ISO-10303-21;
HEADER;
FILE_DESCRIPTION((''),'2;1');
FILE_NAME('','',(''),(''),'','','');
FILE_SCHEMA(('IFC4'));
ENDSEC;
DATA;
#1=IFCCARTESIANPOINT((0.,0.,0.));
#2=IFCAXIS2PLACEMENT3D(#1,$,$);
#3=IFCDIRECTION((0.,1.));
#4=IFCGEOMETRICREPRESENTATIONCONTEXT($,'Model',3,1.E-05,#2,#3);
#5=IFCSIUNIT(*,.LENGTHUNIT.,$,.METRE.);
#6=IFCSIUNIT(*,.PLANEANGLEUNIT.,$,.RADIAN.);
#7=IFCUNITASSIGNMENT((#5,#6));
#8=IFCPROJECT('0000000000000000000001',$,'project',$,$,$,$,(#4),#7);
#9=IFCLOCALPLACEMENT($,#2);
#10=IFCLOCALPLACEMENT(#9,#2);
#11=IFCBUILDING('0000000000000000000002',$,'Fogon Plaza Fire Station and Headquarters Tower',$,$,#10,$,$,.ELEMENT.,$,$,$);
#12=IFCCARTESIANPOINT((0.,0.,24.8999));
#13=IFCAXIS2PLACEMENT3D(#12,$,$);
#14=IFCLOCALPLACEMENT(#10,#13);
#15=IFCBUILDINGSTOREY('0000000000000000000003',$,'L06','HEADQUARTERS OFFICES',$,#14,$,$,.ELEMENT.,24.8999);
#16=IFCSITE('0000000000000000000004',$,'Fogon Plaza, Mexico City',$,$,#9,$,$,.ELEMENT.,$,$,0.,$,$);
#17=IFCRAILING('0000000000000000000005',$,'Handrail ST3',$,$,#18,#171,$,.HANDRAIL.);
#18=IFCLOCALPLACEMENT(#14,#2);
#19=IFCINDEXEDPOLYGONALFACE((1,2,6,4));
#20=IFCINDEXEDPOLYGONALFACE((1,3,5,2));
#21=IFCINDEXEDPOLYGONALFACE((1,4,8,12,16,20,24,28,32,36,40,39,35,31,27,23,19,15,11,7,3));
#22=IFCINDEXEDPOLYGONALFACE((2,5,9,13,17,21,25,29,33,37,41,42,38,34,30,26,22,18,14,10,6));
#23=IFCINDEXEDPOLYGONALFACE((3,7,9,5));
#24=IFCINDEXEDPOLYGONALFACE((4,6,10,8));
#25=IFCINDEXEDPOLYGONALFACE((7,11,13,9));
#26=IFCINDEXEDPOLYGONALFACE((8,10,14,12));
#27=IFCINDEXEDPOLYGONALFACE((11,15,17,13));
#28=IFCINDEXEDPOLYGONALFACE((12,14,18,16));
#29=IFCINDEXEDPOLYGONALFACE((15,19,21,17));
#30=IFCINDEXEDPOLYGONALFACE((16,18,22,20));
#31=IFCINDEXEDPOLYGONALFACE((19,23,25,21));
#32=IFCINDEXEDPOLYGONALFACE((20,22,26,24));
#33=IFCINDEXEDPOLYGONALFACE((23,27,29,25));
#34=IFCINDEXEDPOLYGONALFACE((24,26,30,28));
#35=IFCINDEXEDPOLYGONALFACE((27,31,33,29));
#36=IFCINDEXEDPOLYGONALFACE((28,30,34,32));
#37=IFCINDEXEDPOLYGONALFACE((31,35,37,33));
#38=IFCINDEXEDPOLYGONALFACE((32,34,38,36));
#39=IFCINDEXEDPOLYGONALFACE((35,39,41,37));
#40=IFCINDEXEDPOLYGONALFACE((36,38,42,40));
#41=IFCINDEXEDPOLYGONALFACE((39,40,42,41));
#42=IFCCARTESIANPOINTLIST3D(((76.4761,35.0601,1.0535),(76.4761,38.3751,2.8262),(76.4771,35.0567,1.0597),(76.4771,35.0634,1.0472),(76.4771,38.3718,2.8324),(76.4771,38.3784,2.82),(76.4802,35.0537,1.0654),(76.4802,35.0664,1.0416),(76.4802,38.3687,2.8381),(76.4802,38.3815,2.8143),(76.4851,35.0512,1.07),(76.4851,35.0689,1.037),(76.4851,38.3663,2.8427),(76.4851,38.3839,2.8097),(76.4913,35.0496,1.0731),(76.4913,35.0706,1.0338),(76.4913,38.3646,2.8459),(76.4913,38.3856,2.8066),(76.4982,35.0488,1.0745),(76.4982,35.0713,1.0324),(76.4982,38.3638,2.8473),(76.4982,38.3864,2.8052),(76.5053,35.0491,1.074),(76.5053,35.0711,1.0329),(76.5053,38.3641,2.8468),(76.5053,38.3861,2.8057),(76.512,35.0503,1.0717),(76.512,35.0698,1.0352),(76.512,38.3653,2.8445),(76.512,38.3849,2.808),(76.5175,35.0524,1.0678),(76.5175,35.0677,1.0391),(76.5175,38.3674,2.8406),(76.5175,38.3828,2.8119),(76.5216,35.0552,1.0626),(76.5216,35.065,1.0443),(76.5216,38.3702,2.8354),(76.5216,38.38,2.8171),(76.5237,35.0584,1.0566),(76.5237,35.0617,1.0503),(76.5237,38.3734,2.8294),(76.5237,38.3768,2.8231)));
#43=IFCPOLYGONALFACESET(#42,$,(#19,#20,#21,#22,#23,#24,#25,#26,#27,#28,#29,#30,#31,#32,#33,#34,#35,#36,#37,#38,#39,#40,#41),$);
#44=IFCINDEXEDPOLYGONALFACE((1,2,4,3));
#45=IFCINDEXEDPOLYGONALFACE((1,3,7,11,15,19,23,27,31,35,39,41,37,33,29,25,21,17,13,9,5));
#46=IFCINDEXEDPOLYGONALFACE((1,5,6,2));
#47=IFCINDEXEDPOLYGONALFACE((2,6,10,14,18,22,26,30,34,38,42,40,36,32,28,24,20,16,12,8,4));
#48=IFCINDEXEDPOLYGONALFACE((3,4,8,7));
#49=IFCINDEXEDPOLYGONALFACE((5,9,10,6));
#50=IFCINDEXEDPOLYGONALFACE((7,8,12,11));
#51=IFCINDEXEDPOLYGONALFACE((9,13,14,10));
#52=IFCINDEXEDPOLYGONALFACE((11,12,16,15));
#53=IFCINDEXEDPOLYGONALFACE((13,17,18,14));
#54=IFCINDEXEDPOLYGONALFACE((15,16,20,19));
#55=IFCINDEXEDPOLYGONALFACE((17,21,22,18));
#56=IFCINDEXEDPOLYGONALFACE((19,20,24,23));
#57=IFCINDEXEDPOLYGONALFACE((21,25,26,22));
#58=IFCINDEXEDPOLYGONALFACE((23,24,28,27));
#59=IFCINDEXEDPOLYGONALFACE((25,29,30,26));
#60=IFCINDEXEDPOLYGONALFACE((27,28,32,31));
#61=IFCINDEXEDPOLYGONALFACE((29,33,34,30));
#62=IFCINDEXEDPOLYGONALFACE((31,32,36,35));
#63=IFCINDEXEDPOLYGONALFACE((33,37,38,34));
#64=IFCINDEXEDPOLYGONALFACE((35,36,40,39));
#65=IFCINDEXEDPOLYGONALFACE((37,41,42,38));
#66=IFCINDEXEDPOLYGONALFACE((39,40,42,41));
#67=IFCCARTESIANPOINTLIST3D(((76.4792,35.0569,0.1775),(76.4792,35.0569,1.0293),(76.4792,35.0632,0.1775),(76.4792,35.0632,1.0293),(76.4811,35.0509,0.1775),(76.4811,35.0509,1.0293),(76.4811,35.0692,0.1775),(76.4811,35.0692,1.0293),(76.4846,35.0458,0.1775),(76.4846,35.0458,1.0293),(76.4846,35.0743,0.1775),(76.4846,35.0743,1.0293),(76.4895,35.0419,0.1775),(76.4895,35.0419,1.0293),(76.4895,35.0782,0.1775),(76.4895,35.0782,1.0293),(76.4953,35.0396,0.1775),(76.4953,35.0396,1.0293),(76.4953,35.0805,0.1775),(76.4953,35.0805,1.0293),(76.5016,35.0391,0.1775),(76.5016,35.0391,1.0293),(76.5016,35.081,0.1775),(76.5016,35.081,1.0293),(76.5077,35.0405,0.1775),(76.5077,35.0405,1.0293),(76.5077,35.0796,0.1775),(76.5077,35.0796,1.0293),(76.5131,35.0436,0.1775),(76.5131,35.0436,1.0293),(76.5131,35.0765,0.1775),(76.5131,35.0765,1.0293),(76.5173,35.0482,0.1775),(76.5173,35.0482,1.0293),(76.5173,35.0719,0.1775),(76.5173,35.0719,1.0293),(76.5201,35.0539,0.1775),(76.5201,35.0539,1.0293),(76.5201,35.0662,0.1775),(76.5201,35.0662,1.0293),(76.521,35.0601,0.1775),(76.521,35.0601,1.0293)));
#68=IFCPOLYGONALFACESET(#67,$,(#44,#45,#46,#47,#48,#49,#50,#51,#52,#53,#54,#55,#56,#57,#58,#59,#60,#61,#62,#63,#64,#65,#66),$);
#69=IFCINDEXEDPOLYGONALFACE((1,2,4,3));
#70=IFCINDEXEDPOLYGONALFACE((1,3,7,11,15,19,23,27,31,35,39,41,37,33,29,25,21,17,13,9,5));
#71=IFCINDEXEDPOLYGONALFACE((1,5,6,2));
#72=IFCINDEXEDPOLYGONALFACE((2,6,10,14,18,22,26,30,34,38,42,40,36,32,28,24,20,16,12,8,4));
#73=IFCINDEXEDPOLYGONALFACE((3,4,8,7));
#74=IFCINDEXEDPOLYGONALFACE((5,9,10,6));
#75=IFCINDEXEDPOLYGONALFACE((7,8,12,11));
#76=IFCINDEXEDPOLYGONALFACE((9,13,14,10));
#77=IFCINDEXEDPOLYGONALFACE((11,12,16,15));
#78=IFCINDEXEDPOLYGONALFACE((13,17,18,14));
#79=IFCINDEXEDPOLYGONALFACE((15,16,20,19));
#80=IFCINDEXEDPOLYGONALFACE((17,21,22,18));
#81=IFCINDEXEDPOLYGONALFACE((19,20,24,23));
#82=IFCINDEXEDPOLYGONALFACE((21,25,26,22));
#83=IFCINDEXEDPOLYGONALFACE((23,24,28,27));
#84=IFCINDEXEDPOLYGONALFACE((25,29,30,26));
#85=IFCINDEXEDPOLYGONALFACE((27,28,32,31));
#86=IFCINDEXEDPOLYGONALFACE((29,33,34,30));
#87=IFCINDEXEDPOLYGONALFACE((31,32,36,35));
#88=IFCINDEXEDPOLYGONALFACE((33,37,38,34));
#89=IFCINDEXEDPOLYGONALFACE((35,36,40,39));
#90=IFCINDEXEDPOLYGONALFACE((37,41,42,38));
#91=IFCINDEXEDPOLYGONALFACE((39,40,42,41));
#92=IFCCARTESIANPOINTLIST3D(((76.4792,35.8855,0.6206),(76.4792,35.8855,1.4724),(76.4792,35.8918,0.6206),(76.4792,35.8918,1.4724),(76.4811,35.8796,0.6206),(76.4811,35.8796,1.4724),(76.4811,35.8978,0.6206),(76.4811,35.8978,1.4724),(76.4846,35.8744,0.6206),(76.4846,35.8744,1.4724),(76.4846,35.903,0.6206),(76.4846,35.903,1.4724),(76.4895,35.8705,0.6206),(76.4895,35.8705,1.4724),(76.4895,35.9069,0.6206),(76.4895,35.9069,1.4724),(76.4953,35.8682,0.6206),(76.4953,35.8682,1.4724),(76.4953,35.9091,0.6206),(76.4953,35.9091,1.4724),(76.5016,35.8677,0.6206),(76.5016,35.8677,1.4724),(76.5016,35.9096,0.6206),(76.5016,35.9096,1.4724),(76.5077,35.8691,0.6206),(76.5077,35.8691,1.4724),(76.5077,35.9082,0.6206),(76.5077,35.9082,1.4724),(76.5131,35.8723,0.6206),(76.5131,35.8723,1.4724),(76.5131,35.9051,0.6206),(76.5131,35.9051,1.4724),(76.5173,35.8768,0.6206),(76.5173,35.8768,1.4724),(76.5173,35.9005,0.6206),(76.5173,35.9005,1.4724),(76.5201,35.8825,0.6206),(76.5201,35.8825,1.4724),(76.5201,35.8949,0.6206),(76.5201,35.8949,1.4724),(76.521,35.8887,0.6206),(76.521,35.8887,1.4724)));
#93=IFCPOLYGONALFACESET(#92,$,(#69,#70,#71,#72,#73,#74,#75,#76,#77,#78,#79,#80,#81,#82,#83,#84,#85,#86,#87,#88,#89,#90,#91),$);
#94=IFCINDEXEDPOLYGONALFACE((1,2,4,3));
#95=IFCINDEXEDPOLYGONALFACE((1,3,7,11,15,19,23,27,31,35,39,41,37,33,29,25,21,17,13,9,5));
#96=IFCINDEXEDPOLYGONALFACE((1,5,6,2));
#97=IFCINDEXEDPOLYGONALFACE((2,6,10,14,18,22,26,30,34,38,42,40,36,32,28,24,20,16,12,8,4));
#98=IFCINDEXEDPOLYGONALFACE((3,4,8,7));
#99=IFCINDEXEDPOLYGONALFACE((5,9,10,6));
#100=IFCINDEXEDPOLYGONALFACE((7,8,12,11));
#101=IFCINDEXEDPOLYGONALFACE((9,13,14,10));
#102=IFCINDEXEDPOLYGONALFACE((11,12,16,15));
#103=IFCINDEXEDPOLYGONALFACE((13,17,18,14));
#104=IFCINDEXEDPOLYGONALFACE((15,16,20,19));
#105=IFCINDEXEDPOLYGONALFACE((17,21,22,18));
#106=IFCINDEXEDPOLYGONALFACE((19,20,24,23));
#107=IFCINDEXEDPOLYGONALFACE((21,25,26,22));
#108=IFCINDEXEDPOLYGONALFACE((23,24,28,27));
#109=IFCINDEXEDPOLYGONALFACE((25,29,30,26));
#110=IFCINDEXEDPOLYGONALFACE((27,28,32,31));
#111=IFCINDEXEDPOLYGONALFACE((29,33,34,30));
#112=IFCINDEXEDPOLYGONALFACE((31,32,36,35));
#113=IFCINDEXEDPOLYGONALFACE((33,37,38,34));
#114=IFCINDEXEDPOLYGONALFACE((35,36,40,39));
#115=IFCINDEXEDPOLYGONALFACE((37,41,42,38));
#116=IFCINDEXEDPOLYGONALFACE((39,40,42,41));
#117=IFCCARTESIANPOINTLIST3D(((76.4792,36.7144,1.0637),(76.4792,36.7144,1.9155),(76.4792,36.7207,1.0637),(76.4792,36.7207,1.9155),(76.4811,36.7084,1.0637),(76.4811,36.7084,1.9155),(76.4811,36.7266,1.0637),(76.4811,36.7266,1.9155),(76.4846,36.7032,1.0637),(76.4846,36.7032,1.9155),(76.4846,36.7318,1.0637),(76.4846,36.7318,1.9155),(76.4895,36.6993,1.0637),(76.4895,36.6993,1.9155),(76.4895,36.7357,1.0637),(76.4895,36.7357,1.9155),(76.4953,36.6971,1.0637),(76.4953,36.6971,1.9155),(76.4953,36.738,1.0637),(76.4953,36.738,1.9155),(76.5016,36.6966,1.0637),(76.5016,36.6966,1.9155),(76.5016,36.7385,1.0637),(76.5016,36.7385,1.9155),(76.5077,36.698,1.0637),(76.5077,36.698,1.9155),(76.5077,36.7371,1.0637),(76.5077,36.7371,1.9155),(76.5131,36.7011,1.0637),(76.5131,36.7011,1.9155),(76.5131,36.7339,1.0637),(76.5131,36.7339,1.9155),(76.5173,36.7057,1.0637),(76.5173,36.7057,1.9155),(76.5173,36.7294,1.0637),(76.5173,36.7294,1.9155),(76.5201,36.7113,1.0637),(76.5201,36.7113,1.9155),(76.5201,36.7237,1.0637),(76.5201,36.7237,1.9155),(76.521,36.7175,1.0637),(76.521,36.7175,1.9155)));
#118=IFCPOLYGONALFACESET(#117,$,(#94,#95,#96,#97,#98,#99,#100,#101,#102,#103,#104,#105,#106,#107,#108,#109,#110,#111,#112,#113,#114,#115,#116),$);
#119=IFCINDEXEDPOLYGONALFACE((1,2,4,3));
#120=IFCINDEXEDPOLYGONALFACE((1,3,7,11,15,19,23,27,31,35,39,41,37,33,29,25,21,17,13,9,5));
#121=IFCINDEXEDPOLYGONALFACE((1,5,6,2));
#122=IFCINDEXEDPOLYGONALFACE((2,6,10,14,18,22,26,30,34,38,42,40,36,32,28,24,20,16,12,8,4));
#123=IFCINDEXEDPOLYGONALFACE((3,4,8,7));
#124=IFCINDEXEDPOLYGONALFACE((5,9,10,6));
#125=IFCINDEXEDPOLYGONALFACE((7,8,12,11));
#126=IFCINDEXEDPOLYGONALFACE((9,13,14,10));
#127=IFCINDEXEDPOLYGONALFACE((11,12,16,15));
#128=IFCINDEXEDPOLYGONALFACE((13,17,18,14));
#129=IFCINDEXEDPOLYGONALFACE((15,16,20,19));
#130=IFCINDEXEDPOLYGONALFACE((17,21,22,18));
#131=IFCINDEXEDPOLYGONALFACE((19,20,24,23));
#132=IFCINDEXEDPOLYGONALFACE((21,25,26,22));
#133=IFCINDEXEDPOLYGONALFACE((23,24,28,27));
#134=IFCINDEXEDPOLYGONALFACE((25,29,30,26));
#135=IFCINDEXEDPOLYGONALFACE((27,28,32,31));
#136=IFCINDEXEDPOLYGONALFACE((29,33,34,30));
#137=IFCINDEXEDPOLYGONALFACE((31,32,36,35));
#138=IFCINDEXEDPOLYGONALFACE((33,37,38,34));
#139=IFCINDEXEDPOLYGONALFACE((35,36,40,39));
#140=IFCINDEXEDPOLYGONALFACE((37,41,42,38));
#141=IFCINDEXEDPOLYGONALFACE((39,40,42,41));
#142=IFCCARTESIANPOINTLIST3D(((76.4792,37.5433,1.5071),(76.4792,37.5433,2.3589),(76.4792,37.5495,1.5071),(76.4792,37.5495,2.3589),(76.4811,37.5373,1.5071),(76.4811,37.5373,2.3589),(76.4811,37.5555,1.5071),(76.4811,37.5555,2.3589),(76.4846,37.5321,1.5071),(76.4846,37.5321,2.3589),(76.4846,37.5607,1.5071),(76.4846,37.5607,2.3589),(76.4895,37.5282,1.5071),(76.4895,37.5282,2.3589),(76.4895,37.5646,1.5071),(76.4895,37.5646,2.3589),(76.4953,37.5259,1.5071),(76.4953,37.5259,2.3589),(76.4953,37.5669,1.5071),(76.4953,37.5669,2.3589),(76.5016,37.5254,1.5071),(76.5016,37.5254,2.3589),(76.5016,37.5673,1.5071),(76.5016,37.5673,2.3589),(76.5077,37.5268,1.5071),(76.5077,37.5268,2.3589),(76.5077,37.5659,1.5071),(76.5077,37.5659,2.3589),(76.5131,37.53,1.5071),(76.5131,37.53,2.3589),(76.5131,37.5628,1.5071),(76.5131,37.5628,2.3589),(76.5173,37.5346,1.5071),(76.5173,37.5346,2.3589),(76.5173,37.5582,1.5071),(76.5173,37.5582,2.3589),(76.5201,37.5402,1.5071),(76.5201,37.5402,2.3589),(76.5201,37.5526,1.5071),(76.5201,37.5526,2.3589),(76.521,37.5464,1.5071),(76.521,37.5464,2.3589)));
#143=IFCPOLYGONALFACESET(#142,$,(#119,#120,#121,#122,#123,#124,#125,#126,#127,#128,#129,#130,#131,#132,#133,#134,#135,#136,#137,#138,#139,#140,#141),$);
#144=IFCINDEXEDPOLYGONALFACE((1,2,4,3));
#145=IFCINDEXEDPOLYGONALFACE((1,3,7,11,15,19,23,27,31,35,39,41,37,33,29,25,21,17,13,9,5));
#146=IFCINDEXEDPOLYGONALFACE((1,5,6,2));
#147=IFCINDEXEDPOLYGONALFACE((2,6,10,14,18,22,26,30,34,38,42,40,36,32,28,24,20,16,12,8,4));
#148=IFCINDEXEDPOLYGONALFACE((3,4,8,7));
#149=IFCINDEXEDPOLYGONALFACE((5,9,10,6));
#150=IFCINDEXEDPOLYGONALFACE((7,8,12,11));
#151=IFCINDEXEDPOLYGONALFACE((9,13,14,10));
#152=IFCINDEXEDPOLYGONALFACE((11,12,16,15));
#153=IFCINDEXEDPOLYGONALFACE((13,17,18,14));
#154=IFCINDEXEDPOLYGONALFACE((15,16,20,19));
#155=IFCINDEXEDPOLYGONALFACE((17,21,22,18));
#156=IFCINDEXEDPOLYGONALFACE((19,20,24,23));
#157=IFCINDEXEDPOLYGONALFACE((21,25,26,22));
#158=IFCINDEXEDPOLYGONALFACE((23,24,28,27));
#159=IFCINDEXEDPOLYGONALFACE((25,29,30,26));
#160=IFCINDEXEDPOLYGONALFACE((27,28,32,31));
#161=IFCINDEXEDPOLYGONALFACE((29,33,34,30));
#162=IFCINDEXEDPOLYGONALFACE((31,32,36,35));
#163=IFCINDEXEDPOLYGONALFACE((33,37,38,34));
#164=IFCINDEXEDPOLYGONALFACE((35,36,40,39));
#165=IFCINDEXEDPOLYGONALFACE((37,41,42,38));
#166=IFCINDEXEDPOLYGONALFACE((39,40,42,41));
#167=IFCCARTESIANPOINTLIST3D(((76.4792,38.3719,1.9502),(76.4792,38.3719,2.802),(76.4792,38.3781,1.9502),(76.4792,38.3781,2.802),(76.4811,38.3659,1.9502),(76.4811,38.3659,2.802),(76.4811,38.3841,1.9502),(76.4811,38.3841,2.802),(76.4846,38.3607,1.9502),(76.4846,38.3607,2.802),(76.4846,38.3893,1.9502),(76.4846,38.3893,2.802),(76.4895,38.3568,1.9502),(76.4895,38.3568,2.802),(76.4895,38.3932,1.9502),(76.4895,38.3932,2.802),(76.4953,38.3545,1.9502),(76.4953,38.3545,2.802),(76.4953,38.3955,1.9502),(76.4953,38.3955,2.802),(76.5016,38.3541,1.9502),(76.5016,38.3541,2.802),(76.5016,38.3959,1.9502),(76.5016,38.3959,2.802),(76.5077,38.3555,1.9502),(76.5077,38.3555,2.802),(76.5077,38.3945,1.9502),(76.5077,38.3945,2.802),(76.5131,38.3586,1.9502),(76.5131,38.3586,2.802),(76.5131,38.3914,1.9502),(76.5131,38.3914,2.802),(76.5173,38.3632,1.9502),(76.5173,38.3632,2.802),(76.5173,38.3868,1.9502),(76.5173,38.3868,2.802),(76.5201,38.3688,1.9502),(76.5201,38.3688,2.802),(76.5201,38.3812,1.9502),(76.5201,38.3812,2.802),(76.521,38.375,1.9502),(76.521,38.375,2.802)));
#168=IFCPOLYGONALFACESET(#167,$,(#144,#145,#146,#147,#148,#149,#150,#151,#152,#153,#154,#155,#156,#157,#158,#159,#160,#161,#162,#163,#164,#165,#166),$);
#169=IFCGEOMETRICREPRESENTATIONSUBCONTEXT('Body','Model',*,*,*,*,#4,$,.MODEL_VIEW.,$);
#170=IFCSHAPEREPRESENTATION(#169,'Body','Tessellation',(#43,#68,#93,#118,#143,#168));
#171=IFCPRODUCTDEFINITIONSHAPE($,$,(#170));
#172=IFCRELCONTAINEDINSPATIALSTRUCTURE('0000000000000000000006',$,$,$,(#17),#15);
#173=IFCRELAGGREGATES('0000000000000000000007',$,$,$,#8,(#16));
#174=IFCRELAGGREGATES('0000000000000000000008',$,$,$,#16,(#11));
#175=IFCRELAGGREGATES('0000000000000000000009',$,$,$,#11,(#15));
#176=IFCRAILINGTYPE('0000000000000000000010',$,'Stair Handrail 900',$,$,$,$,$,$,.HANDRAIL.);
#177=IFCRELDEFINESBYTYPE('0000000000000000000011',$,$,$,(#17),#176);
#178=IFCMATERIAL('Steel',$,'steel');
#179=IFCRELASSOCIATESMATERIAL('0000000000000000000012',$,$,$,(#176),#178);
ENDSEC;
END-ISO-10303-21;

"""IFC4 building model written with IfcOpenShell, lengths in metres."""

from ifc_helpers import new_model, si_unit, direction, frame, origin, origin_2d, place, context, subcontext, project, spatial, circle, extrude, material, type_object, element, save


model = new_model("IFC4")

# Units and contexts
model_context = context("Model", 3, precision=1e-05, world=origin(), true_north=direction((0.0, 1.0)))
body_context = subcontext(model_context, "Body", "Model", "MODEL_VIEW")
ifc_project = project(units=[si_unit("LENGTHUNIT", "METRE"), si_unit("PLANEANGLEUNIT", "RADIAN")], contexts=[model_context])

# Site, building, storey
site_placement = place(None, origin())
site = spatial("IfcSite", under=ifc_project, at=site_placement, Name="Fogon Plaza, Mexico City", CompositionType="ELEMENT", RefElevation=0.0)
building_placement = place(site_placement, origin())
building = spatial("IfcBuilding", under=site, at=building_placement, Name="Fogon Plaza Fire Station and Headquarters Tower", CompositionType="ELEMENT")
storey_placement = place(building_placement, frame((0.0, 0.0, 24.8999)))
storey = spatial("IfcBuildingStorey", under=building, at=storey_placement, Name="L06", Description="HEADQUARTERS OFFICES", CompositionType="ELEMENT", Elevation=24.8999)

# Railing
ifc_material_1 = material(Name="Steel", Category="steel")
railing_type = type_object("IfcRailingType", Name="Stair Handrail 900", PredefinedType="HANDRAIL", material=ifc_material_1)
for number, where, name in (
    (1, (76.5, 35.0601, 0.1775), "Handrail ST3"),
):
    element("IfcRailing", number, at=place(storey_placement, frame(where)), inside=storey, type_object=railing_type, Name=name, PredefinedType="HANDRAIL", context=body_context, shape_type="SweptSolid", body=[
        extrude(circle(Radius=0.0239, at=origin_2d()), frame((0.0, 0.0, 0.876), z_axis=(0.0, 0.881829, 0.471569), x_axis=(-1.0, 0.0, 0.0)), (0.0, 0.0, 1.0), 3.7593),
        extrude(circle(Radius=0.021, at=origin_2d()), origin(), (0.0, 0.0, 1.0), 0.8518),
        extrude(circle(Radius=0.021, at=origin_2d()), frame((0.0, 0.8286, 0.4431)), (0.0, 0.0, 1.0), 0.8518),
        extrude(circle(Radius=0.021, at=origin_2d()), frame((0.0, 1.6575, 0.8862)), (0.0, 0.0, 1.0), 0.8518),
        extrude(circle(Radius=0.021, at=origin_2d()), frame((0.0, 2.4863, 1.3296)), (0.0, 0.0, 1.0), 0.8518),
        extrude(circle(Radius=0.021, at=origin_2d()), frame((0.0, 3.3149, 1.7727)), (0.0, 0.0, 1.0), 0.8518),
    ])

save(model, "model.ifc")
